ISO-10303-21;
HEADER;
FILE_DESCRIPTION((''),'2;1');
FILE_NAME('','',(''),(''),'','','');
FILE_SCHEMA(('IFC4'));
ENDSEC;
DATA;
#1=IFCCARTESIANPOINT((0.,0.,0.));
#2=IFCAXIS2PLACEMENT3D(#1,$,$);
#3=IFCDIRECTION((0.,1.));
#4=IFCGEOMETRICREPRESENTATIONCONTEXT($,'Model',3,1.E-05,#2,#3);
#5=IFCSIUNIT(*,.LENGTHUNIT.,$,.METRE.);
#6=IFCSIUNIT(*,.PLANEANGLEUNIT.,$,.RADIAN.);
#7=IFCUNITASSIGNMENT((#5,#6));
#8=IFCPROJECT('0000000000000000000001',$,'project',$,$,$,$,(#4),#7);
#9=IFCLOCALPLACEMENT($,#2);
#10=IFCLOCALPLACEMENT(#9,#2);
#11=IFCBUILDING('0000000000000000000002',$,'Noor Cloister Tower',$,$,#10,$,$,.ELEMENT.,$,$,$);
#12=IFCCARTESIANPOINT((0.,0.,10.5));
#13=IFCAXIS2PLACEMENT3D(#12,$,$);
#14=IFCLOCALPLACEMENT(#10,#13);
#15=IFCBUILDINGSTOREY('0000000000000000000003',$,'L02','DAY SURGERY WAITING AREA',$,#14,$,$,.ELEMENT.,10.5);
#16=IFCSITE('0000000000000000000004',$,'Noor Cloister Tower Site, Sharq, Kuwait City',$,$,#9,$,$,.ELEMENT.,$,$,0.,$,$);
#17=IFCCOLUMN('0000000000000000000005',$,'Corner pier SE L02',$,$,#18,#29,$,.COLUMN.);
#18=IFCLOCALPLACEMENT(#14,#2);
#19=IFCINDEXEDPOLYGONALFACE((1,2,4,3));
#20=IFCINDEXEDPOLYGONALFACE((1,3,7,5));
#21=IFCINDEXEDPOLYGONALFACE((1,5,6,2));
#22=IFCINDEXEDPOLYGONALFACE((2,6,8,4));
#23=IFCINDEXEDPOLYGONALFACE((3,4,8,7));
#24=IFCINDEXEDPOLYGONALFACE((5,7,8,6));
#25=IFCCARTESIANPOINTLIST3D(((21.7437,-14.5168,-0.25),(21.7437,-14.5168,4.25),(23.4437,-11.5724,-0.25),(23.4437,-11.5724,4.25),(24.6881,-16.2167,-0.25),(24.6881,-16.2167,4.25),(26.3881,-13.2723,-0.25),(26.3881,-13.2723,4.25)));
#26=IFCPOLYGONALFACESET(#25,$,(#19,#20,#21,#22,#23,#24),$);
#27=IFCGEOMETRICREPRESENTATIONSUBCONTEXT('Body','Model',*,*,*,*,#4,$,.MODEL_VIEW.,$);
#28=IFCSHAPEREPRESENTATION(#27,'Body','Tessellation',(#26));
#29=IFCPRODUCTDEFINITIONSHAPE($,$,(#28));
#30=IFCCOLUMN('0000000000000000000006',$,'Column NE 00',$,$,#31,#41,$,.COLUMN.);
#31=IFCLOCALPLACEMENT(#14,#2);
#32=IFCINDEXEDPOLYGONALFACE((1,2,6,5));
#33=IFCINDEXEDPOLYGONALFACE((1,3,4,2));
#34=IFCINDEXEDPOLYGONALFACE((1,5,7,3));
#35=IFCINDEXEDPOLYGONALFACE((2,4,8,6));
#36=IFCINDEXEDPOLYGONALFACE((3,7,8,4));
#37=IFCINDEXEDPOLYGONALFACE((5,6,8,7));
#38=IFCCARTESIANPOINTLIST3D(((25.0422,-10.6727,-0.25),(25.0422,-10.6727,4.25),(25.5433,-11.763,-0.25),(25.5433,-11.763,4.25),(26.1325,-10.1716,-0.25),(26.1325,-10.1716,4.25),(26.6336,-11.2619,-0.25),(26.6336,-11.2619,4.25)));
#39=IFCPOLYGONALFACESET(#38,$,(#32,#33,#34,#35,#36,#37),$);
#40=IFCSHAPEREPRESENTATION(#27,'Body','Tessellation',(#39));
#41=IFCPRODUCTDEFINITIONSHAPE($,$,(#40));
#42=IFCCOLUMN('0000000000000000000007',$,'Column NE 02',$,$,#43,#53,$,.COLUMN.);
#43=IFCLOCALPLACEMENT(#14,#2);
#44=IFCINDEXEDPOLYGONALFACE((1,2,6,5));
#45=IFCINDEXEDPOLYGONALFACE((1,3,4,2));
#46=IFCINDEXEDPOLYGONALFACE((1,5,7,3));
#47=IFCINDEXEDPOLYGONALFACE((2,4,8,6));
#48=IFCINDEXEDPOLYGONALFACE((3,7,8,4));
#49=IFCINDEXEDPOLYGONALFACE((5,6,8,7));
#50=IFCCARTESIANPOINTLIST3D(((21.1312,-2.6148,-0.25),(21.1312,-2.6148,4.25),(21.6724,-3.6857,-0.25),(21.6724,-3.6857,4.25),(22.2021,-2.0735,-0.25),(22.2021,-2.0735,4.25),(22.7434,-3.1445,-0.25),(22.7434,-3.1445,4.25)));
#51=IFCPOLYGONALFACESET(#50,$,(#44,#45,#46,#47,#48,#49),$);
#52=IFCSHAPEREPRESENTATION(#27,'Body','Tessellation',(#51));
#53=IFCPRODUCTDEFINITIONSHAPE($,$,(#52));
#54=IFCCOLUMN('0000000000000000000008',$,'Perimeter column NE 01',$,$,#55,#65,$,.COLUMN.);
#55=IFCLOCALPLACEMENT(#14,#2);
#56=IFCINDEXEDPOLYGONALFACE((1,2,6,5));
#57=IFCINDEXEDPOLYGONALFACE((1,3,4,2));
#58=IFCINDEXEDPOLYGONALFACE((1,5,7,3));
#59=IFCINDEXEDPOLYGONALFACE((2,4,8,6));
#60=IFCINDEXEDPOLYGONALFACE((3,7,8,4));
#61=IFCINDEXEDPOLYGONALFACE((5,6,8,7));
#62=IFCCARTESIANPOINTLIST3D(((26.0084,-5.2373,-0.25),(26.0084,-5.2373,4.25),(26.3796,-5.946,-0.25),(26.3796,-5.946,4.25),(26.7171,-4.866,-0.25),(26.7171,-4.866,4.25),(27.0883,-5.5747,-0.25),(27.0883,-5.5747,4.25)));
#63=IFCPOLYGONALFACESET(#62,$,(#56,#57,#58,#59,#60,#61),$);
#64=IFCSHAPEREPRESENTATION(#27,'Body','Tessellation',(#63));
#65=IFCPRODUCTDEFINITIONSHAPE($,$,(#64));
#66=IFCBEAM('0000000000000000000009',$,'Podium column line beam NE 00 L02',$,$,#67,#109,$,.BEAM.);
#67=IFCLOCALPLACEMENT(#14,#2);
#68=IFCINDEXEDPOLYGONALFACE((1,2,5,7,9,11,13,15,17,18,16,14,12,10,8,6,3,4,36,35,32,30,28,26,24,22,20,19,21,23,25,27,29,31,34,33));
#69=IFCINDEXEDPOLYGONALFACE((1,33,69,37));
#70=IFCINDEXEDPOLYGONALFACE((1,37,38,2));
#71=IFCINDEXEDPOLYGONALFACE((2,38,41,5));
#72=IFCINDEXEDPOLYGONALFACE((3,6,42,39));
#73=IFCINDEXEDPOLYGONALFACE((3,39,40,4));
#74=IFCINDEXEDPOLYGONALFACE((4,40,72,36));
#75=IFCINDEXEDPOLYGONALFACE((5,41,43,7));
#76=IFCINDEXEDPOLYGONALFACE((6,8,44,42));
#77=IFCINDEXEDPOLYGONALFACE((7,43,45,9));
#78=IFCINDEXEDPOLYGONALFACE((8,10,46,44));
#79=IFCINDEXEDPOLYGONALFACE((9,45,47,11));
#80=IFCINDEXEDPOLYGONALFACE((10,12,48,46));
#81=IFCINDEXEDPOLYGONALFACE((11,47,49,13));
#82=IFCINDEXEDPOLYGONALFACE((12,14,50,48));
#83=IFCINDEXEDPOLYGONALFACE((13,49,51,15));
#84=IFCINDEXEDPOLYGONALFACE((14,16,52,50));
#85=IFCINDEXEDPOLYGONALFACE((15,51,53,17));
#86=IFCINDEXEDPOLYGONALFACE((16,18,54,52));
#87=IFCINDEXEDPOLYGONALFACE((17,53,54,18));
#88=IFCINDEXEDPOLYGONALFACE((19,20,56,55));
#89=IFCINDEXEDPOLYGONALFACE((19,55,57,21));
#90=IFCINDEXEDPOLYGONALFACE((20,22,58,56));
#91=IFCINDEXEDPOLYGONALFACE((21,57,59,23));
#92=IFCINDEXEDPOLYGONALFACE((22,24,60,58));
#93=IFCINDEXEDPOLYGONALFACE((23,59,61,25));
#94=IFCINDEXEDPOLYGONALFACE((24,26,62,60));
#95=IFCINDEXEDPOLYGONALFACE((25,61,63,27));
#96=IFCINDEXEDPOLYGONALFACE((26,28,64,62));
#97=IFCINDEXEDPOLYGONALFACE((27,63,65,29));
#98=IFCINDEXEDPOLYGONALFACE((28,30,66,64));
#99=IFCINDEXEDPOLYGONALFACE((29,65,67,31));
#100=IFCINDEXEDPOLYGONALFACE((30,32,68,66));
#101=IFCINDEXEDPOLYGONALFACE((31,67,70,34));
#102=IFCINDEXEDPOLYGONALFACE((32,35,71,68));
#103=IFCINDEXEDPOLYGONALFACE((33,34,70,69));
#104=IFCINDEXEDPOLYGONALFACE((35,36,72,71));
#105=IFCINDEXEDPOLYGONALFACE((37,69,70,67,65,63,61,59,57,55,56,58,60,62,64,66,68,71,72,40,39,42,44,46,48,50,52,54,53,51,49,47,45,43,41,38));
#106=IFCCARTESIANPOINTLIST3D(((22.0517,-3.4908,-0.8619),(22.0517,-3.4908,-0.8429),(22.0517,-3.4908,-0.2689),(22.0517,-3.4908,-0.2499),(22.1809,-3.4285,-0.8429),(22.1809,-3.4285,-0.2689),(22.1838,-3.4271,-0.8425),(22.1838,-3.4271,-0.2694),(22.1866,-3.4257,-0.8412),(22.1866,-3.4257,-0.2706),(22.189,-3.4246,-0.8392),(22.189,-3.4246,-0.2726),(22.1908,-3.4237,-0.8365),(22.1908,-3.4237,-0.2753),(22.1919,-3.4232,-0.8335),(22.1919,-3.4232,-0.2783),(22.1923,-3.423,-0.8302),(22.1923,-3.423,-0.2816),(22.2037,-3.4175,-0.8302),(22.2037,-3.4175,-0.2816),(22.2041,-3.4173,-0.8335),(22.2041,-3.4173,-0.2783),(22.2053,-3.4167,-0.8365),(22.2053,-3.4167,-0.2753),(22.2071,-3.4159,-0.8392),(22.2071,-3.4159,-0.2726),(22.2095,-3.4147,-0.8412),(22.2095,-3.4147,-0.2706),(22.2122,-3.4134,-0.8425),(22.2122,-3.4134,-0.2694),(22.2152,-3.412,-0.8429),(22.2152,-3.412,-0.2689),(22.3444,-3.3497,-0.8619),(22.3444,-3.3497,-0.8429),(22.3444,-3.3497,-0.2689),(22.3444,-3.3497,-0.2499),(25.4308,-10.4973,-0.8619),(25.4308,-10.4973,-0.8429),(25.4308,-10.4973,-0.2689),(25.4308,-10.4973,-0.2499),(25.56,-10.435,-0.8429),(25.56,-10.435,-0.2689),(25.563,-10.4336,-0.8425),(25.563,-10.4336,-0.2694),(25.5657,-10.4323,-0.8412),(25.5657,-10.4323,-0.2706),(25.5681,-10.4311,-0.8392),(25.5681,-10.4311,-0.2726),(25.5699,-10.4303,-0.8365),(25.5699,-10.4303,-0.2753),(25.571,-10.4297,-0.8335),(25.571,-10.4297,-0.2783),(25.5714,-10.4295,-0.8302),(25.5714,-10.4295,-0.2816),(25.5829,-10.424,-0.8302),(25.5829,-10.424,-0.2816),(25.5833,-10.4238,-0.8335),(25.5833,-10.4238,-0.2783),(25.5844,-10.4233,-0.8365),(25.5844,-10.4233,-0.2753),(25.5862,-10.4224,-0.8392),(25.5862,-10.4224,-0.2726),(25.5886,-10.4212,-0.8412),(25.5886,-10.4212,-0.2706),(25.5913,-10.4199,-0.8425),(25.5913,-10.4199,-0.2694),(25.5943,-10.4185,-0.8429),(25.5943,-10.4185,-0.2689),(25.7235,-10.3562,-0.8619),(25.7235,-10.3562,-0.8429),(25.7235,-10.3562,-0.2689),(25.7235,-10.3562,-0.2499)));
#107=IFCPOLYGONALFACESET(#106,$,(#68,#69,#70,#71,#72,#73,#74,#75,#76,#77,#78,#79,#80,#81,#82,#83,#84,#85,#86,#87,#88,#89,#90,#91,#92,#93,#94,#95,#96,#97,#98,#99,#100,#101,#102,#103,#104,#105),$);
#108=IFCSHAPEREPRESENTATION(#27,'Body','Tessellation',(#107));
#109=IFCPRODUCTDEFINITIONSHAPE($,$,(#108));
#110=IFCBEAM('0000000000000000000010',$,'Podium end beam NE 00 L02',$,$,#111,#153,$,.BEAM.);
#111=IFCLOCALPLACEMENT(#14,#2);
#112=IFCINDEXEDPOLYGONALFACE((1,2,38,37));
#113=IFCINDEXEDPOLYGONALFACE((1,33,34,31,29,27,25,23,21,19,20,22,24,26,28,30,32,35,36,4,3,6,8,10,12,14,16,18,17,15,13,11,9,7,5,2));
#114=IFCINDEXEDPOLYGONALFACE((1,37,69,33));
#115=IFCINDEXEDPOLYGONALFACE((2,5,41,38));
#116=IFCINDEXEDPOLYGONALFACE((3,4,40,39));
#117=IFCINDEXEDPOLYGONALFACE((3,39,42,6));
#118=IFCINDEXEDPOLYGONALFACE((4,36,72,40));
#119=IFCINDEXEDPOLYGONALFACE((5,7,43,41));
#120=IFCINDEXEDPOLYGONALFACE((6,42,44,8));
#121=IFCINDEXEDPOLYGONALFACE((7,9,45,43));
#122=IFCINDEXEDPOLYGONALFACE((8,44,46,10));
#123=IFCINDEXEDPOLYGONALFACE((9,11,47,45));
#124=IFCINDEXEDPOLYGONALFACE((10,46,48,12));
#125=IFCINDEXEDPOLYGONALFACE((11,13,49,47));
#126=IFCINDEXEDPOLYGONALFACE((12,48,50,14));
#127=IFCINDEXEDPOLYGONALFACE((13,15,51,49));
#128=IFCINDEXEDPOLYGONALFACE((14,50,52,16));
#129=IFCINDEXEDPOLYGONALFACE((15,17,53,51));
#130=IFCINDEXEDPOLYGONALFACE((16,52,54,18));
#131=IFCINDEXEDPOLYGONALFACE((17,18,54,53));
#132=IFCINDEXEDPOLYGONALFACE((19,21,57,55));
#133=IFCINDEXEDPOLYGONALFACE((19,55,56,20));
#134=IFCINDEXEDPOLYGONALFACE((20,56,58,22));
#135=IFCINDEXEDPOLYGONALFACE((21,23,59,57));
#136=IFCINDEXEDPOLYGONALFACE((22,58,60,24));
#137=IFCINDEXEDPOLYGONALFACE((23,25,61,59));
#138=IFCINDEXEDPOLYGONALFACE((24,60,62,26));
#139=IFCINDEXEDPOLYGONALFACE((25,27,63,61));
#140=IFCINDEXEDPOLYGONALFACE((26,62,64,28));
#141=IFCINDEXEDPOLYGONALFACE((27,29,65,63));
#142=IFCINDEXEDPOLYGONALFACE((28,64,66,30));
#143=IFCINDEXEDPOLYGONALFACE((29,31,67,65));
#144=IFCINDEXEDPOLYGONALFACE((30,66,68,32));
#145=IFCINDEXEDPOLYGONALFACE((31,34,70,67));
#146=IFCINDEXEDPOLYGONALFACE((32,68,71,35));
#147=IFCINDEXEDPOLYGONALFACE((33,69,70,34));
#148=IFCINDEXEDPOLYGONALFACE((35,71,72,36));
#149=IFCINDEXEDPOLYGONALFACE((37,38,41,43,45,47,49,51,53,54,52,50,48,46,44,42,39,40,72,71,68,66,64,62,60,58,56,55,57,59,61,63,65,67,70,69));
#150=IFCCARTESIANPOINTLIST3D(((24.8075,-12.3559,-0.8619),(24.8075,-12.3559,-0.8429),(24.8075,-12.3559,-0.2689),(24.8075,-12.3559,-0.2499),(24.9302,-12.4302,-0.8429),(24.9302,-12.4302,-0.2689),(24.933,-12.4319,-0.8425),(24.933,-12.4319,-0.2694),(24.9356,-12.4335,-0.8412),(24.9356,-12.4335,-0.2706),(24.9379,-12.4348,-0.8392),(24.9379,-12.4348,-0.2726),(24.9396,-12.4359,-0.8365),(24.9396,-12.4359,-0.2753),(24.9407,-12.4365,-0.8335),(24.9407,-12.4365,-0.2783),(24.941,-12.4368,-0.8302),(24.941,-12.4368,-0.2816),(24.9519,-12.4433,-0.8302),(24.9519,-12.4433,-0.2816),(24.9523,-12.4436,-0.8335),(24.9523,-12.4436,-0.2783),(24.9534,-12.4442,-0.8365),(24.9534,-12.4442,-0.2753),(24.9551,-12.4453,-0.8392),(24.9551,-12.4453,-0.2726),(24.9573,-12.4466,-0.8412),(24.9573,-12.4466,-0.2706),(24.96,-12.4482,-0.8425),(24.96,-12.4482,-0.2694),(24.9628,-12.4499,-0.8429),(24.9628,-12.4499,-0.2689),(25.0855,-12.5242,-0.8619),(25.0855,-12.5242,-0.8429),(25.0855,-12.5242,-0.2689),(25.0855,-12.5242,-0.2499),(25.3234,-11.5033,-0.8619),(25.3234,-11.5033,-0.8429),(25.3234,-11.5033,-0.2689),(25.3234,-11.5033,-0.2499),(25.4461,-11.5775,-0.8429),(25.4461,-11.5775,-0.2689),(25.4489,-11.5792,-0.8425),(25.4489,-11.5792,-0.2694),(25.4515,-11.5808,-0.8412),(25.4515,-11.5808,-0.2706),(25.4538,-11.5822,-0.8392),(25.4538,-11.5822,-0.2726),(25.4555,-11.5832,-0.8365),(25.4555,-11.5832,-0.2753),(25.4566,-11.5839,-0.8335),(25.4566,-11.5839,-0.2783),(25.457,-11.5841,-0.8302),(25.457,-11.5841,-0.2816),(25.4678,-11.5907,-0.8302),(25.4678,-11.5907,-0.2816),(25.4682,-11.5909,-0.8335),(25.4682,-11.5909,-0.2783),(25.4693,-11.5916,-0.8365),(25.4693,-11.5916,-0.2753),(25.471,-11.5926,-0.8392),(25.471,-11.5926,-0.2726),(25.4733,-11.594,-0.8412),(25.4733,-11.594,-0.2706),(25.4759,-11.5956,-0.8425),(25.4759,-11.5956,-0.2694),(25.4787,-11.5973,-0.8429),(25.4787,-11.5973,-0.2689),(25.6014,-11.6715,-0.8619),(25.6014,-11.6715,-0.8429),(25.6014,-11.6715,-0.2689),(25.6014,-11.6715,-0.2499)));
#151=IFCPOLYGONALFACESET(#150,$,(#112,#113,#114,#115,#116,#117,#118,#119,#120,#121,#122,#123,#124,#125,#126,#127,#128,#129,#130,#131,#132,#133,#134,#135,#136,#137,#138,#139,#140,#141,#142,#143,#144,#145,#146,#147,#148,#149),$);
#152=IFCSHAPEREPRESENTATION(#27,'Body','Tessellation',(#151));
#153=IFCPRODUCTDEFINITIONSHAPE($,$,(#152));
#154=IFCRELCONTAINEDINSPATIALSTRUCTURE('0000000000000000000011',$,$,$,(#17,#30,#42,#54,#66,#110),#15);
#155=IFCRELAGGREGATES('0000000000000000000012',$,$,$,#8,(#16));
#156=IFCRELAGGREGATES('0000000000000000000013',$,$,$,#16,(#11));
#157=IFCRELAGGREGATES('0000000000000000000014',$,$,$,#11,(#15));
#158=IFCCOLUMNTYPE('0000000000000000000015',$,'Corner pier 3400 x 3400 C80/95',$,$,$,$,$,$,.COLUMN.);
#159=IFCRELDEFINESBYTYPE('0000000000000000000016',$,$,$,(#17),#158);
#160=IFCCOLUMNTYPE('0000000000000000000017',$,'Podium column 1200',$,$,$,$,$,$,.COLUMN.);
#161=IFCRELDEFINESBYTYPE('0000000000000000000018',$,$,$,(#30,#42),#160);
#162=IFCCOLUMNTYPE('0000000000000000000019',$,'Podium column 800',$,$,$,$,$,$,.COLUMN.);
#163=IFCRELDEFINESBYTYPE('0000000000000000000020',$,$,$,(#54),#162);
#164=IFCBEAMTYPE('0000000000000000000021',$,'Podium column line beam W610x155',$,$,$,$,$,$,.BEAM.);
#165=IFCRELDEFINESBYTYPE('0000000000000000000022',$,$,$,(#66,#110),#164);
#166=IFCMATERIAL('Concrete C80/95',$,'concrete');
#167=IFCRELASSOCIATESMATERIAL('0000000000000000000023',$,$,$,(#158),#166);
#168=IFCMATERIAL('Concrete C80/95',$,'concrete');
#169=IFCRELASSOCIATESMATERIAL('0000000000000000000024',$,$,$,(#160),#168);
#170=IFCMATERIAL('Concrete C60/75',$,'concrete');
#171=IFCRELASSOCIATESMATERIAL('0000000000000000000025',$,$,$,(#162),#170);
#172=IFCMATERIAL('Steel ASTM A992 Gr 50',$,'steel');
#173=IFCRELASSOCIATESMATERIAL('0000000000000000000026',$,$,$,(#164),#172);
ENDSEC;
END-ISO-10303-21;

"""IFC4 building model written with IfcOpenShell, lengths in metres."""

from ifc_helpers import new_model, si_unit, direction, frame, origin, origin_2d, place, context, subcontext, project, spatial, rectangle, i_section, extrude, material, material_profile, profile_set, type_object, element, save


model = new_model("IFC4")

# Units and contexts
model_context = context("Model", 3, precision=1e-05, world=origin(), true_north=direction((0.0, 1.0)))
body_context = subcontext(model_context, "Body", "Model", "MODEL_VIEW")
ifc_project = project(units=[si_unit("LENGTHUNIT", "METRE"), si_unit("PLANEANGLEUNIT", "RADIAN")], contexts=[model_context])

# Site, building, storey
site_placement = place(None, origin())
site = spatial("IfcSite", under=ifc_project, at=site_placement, Name="Noor Cloister Tower Site, Sharq, Kuwait City", CompositionType="ELEMENT", RefElevation=0.0)
building_placement = place(site_placement, origin())
building = spatial("IfcBuilding", under=site, at=building_placement, Name="Noor Cloister Tower", CompositionType="ELEMENT")
storey_placement = place(building_placement, frame((0.0, 0.0, 10.5)))
storey = spatial("IfcBuildingStorey", under=building, at=storey_placement, Name="L02", Description="DAY SURGERY WAITING AREA", CompositionType="ELEMENT", Elevation=10.5)

# Columns
ifc_material_1 = material(Name="Concrete C80/95", Category="concrete")
ifc_material_profile_1 = material_profile(ifc_material_1, rectangle(XDim=3.3999, YDim=3.3999, at=origin_2d()), Name="RC 3400x3400")
ifc_profile_set_1 = profile_set([ifc_material_profile_1], Name="Concrete C80/95")
column_type_1 = type_object("IfcColumnType", Name="Corner pier 3400 x 3400 C80/95", PredefinedType="COLUMN", material=ifc_profile_set_1)
column_1_placement = place(storey_placement, frame((24.0659, -13.8945, -0.25), z_axis=(0.0, 0.0, 1.0), x_axis=(0.866025, -0.5, 0.0)))
element("IfcColumn", 1, at=column_1_placement, inside=storey, type_object=column_type_1, Name="Corner pier SE L02", PredefinedType="COLUMN", context=body_context, shape_type="SweptSolid", body=[
    extrude(rectangle(XDim=3.3999, YDim=3.3999, at=origin_2d()), origin(), (0.0, 0.0, 1.0), 4.5),
])
ifc_material_2 = material(Name="Concrete C80/95", Category="concrete")
ifc_material_profile_2 = material_profile(ifc_material_2, rectangle(XDim=1.2, YDim=1.2, at=origin_2d()), Name="Podium column 1200")
ifc_profile_set_2 = profile_set([ifc_material_profile_2], Name="Concrete C80/95")
column_type_2 = type_object("IfcColumnType", Name="Podium column 1200", PredefinedType="COLUMN", material=ifc_profile_set_2)
for number, where, z_axis, x_axis, name in (
    (2, (25.8379, -10.9673, -0.25), (0.0, 0.0, 1.0), (0.90862, 0.417624, 0.0), "Column NE 00"),
    (3, (21.9373, -2.8796, -0.25), (0.0, 0.0, 1.0), (0.892501, 0.451046, 0.0), "Column NE 02"),
):
    element("IfcColumn", number, at=place(storey_placement, frame(where, z_axis=z_axis, x_axis=x_axis)), inside=storey, type_object=column_type_2, Name=name, PredefinedType="COLUMN", context=body_context, shape_type="SweptSolid", body=[
        extrude(rectangle(XDim=1.2, YDim=1.2, at=origin_2d()), origin(), (0.0, 0.0, 1.0), 4.5),
    ])
ifc_material_3 = material(Name="Concrete C60/75", Category="concrete")
ifc_material_profile_3 = material_profile(ifc_material_3, rectangle(XDim=0.8, YDim=0.8, at=origin_2d()), Name="Podium column 800")
ifc_profile_set_3 = profile_set([ifc_material_profile_3], Name="Concrete C60/75")
column_type_3 = type_object("IfcColumnType", Name="Podium column 800", PredefinedType="COLUMN", material=ifc_profile_set_3)
column_2_placement = place(storey_placement, frame((26.5483, -5.406, -0.25), z_axis=(0.0, 0.0, 1.0), x_axis=(0.885828, 0.464014, 0.0)))
element("IfcColumn", 4, at=column_2_placement, inside=storey, type_object=column_type_3, Name="Perimeter column NE 01", PredefinedType="COLUMN", context=body_context, shape_type="SweptSolid", body=[
    extrude(rectangle(XDim=0.8, YDim=0.8, at=origin_2d()), origin(), (0.0, 0.0, 1.0), 4.5),
])

# Beams
ifc_material_4 = material(Name="Steel ASTM A992 Gr 50", Category="steel")
ifc_material_profile_4 = material_profile(ifc_material_4, i_section(OverallWidth=0.325, OverallDepth=0.6121, WebThickness=0.0127, FlangeThickness=0.019, FilletRadius=0.0127, at=origin_2d()), Name="W610x155")
ifc_profile_set_4 = profile_set([ifc_material_profile_4], Name="Steel ASTM A992 Gr 50")
beam_type_1 = type_object("IfcBeamType", Name="Podium column line beam W610x155", PredefinedType="BEAM", material=ifc_profile_set_4)
beam_1_placement = place(storey_placement, frame((25.5771, -10.4268, -0.5559), z_axis=(-0.434401, 0.90072, 0.0), x_axis=(-0.90072, -0.434401, 0.0)))
element("IfcBeam", 5, at=beam_1_placement, inside=storey, type_object=beam_type_1, Name="Podium column line beam NE 00 L02", PredefinedType="BEAM", context=body_context, shape_type="SweptSolid", body=[
    extrude(i_section(OverallWidth=0.325, OverallDepth=0.6121, WebThickness=0.0127, FlangeThickness=0.019, FilletRadius=0.0127, at=origin_2d()), origin(), (0.0, 0.0, 1.0), 7.7788),
])
beam_2_placement = place(storey_placement, frame((25.4624, -11.5874, -0.5559), z_axis=(-0.517699, -0.855563, 0.0), x_axis=(0.855563, -0.517699, 0.0)))
element("IfcBeam", 6, at=beam_2_placement, inside=storey, type_object=beam_type_1, Name="Podium end beam NE 00 L02", PredefinedType="BEAM", context=body_context, shape_type="SweptSolid", body=[
    extrude(i_section(OverallWidth=0.325, OverallDepth=0.6121, WebThickness=0.0127, FlangeThickness=0.019, FilletRadius=0.0127, at=origin_2d()), origin(), (0.0, 0.0, 1.0), 0.9966),
])

save(model, "model.ifc")
